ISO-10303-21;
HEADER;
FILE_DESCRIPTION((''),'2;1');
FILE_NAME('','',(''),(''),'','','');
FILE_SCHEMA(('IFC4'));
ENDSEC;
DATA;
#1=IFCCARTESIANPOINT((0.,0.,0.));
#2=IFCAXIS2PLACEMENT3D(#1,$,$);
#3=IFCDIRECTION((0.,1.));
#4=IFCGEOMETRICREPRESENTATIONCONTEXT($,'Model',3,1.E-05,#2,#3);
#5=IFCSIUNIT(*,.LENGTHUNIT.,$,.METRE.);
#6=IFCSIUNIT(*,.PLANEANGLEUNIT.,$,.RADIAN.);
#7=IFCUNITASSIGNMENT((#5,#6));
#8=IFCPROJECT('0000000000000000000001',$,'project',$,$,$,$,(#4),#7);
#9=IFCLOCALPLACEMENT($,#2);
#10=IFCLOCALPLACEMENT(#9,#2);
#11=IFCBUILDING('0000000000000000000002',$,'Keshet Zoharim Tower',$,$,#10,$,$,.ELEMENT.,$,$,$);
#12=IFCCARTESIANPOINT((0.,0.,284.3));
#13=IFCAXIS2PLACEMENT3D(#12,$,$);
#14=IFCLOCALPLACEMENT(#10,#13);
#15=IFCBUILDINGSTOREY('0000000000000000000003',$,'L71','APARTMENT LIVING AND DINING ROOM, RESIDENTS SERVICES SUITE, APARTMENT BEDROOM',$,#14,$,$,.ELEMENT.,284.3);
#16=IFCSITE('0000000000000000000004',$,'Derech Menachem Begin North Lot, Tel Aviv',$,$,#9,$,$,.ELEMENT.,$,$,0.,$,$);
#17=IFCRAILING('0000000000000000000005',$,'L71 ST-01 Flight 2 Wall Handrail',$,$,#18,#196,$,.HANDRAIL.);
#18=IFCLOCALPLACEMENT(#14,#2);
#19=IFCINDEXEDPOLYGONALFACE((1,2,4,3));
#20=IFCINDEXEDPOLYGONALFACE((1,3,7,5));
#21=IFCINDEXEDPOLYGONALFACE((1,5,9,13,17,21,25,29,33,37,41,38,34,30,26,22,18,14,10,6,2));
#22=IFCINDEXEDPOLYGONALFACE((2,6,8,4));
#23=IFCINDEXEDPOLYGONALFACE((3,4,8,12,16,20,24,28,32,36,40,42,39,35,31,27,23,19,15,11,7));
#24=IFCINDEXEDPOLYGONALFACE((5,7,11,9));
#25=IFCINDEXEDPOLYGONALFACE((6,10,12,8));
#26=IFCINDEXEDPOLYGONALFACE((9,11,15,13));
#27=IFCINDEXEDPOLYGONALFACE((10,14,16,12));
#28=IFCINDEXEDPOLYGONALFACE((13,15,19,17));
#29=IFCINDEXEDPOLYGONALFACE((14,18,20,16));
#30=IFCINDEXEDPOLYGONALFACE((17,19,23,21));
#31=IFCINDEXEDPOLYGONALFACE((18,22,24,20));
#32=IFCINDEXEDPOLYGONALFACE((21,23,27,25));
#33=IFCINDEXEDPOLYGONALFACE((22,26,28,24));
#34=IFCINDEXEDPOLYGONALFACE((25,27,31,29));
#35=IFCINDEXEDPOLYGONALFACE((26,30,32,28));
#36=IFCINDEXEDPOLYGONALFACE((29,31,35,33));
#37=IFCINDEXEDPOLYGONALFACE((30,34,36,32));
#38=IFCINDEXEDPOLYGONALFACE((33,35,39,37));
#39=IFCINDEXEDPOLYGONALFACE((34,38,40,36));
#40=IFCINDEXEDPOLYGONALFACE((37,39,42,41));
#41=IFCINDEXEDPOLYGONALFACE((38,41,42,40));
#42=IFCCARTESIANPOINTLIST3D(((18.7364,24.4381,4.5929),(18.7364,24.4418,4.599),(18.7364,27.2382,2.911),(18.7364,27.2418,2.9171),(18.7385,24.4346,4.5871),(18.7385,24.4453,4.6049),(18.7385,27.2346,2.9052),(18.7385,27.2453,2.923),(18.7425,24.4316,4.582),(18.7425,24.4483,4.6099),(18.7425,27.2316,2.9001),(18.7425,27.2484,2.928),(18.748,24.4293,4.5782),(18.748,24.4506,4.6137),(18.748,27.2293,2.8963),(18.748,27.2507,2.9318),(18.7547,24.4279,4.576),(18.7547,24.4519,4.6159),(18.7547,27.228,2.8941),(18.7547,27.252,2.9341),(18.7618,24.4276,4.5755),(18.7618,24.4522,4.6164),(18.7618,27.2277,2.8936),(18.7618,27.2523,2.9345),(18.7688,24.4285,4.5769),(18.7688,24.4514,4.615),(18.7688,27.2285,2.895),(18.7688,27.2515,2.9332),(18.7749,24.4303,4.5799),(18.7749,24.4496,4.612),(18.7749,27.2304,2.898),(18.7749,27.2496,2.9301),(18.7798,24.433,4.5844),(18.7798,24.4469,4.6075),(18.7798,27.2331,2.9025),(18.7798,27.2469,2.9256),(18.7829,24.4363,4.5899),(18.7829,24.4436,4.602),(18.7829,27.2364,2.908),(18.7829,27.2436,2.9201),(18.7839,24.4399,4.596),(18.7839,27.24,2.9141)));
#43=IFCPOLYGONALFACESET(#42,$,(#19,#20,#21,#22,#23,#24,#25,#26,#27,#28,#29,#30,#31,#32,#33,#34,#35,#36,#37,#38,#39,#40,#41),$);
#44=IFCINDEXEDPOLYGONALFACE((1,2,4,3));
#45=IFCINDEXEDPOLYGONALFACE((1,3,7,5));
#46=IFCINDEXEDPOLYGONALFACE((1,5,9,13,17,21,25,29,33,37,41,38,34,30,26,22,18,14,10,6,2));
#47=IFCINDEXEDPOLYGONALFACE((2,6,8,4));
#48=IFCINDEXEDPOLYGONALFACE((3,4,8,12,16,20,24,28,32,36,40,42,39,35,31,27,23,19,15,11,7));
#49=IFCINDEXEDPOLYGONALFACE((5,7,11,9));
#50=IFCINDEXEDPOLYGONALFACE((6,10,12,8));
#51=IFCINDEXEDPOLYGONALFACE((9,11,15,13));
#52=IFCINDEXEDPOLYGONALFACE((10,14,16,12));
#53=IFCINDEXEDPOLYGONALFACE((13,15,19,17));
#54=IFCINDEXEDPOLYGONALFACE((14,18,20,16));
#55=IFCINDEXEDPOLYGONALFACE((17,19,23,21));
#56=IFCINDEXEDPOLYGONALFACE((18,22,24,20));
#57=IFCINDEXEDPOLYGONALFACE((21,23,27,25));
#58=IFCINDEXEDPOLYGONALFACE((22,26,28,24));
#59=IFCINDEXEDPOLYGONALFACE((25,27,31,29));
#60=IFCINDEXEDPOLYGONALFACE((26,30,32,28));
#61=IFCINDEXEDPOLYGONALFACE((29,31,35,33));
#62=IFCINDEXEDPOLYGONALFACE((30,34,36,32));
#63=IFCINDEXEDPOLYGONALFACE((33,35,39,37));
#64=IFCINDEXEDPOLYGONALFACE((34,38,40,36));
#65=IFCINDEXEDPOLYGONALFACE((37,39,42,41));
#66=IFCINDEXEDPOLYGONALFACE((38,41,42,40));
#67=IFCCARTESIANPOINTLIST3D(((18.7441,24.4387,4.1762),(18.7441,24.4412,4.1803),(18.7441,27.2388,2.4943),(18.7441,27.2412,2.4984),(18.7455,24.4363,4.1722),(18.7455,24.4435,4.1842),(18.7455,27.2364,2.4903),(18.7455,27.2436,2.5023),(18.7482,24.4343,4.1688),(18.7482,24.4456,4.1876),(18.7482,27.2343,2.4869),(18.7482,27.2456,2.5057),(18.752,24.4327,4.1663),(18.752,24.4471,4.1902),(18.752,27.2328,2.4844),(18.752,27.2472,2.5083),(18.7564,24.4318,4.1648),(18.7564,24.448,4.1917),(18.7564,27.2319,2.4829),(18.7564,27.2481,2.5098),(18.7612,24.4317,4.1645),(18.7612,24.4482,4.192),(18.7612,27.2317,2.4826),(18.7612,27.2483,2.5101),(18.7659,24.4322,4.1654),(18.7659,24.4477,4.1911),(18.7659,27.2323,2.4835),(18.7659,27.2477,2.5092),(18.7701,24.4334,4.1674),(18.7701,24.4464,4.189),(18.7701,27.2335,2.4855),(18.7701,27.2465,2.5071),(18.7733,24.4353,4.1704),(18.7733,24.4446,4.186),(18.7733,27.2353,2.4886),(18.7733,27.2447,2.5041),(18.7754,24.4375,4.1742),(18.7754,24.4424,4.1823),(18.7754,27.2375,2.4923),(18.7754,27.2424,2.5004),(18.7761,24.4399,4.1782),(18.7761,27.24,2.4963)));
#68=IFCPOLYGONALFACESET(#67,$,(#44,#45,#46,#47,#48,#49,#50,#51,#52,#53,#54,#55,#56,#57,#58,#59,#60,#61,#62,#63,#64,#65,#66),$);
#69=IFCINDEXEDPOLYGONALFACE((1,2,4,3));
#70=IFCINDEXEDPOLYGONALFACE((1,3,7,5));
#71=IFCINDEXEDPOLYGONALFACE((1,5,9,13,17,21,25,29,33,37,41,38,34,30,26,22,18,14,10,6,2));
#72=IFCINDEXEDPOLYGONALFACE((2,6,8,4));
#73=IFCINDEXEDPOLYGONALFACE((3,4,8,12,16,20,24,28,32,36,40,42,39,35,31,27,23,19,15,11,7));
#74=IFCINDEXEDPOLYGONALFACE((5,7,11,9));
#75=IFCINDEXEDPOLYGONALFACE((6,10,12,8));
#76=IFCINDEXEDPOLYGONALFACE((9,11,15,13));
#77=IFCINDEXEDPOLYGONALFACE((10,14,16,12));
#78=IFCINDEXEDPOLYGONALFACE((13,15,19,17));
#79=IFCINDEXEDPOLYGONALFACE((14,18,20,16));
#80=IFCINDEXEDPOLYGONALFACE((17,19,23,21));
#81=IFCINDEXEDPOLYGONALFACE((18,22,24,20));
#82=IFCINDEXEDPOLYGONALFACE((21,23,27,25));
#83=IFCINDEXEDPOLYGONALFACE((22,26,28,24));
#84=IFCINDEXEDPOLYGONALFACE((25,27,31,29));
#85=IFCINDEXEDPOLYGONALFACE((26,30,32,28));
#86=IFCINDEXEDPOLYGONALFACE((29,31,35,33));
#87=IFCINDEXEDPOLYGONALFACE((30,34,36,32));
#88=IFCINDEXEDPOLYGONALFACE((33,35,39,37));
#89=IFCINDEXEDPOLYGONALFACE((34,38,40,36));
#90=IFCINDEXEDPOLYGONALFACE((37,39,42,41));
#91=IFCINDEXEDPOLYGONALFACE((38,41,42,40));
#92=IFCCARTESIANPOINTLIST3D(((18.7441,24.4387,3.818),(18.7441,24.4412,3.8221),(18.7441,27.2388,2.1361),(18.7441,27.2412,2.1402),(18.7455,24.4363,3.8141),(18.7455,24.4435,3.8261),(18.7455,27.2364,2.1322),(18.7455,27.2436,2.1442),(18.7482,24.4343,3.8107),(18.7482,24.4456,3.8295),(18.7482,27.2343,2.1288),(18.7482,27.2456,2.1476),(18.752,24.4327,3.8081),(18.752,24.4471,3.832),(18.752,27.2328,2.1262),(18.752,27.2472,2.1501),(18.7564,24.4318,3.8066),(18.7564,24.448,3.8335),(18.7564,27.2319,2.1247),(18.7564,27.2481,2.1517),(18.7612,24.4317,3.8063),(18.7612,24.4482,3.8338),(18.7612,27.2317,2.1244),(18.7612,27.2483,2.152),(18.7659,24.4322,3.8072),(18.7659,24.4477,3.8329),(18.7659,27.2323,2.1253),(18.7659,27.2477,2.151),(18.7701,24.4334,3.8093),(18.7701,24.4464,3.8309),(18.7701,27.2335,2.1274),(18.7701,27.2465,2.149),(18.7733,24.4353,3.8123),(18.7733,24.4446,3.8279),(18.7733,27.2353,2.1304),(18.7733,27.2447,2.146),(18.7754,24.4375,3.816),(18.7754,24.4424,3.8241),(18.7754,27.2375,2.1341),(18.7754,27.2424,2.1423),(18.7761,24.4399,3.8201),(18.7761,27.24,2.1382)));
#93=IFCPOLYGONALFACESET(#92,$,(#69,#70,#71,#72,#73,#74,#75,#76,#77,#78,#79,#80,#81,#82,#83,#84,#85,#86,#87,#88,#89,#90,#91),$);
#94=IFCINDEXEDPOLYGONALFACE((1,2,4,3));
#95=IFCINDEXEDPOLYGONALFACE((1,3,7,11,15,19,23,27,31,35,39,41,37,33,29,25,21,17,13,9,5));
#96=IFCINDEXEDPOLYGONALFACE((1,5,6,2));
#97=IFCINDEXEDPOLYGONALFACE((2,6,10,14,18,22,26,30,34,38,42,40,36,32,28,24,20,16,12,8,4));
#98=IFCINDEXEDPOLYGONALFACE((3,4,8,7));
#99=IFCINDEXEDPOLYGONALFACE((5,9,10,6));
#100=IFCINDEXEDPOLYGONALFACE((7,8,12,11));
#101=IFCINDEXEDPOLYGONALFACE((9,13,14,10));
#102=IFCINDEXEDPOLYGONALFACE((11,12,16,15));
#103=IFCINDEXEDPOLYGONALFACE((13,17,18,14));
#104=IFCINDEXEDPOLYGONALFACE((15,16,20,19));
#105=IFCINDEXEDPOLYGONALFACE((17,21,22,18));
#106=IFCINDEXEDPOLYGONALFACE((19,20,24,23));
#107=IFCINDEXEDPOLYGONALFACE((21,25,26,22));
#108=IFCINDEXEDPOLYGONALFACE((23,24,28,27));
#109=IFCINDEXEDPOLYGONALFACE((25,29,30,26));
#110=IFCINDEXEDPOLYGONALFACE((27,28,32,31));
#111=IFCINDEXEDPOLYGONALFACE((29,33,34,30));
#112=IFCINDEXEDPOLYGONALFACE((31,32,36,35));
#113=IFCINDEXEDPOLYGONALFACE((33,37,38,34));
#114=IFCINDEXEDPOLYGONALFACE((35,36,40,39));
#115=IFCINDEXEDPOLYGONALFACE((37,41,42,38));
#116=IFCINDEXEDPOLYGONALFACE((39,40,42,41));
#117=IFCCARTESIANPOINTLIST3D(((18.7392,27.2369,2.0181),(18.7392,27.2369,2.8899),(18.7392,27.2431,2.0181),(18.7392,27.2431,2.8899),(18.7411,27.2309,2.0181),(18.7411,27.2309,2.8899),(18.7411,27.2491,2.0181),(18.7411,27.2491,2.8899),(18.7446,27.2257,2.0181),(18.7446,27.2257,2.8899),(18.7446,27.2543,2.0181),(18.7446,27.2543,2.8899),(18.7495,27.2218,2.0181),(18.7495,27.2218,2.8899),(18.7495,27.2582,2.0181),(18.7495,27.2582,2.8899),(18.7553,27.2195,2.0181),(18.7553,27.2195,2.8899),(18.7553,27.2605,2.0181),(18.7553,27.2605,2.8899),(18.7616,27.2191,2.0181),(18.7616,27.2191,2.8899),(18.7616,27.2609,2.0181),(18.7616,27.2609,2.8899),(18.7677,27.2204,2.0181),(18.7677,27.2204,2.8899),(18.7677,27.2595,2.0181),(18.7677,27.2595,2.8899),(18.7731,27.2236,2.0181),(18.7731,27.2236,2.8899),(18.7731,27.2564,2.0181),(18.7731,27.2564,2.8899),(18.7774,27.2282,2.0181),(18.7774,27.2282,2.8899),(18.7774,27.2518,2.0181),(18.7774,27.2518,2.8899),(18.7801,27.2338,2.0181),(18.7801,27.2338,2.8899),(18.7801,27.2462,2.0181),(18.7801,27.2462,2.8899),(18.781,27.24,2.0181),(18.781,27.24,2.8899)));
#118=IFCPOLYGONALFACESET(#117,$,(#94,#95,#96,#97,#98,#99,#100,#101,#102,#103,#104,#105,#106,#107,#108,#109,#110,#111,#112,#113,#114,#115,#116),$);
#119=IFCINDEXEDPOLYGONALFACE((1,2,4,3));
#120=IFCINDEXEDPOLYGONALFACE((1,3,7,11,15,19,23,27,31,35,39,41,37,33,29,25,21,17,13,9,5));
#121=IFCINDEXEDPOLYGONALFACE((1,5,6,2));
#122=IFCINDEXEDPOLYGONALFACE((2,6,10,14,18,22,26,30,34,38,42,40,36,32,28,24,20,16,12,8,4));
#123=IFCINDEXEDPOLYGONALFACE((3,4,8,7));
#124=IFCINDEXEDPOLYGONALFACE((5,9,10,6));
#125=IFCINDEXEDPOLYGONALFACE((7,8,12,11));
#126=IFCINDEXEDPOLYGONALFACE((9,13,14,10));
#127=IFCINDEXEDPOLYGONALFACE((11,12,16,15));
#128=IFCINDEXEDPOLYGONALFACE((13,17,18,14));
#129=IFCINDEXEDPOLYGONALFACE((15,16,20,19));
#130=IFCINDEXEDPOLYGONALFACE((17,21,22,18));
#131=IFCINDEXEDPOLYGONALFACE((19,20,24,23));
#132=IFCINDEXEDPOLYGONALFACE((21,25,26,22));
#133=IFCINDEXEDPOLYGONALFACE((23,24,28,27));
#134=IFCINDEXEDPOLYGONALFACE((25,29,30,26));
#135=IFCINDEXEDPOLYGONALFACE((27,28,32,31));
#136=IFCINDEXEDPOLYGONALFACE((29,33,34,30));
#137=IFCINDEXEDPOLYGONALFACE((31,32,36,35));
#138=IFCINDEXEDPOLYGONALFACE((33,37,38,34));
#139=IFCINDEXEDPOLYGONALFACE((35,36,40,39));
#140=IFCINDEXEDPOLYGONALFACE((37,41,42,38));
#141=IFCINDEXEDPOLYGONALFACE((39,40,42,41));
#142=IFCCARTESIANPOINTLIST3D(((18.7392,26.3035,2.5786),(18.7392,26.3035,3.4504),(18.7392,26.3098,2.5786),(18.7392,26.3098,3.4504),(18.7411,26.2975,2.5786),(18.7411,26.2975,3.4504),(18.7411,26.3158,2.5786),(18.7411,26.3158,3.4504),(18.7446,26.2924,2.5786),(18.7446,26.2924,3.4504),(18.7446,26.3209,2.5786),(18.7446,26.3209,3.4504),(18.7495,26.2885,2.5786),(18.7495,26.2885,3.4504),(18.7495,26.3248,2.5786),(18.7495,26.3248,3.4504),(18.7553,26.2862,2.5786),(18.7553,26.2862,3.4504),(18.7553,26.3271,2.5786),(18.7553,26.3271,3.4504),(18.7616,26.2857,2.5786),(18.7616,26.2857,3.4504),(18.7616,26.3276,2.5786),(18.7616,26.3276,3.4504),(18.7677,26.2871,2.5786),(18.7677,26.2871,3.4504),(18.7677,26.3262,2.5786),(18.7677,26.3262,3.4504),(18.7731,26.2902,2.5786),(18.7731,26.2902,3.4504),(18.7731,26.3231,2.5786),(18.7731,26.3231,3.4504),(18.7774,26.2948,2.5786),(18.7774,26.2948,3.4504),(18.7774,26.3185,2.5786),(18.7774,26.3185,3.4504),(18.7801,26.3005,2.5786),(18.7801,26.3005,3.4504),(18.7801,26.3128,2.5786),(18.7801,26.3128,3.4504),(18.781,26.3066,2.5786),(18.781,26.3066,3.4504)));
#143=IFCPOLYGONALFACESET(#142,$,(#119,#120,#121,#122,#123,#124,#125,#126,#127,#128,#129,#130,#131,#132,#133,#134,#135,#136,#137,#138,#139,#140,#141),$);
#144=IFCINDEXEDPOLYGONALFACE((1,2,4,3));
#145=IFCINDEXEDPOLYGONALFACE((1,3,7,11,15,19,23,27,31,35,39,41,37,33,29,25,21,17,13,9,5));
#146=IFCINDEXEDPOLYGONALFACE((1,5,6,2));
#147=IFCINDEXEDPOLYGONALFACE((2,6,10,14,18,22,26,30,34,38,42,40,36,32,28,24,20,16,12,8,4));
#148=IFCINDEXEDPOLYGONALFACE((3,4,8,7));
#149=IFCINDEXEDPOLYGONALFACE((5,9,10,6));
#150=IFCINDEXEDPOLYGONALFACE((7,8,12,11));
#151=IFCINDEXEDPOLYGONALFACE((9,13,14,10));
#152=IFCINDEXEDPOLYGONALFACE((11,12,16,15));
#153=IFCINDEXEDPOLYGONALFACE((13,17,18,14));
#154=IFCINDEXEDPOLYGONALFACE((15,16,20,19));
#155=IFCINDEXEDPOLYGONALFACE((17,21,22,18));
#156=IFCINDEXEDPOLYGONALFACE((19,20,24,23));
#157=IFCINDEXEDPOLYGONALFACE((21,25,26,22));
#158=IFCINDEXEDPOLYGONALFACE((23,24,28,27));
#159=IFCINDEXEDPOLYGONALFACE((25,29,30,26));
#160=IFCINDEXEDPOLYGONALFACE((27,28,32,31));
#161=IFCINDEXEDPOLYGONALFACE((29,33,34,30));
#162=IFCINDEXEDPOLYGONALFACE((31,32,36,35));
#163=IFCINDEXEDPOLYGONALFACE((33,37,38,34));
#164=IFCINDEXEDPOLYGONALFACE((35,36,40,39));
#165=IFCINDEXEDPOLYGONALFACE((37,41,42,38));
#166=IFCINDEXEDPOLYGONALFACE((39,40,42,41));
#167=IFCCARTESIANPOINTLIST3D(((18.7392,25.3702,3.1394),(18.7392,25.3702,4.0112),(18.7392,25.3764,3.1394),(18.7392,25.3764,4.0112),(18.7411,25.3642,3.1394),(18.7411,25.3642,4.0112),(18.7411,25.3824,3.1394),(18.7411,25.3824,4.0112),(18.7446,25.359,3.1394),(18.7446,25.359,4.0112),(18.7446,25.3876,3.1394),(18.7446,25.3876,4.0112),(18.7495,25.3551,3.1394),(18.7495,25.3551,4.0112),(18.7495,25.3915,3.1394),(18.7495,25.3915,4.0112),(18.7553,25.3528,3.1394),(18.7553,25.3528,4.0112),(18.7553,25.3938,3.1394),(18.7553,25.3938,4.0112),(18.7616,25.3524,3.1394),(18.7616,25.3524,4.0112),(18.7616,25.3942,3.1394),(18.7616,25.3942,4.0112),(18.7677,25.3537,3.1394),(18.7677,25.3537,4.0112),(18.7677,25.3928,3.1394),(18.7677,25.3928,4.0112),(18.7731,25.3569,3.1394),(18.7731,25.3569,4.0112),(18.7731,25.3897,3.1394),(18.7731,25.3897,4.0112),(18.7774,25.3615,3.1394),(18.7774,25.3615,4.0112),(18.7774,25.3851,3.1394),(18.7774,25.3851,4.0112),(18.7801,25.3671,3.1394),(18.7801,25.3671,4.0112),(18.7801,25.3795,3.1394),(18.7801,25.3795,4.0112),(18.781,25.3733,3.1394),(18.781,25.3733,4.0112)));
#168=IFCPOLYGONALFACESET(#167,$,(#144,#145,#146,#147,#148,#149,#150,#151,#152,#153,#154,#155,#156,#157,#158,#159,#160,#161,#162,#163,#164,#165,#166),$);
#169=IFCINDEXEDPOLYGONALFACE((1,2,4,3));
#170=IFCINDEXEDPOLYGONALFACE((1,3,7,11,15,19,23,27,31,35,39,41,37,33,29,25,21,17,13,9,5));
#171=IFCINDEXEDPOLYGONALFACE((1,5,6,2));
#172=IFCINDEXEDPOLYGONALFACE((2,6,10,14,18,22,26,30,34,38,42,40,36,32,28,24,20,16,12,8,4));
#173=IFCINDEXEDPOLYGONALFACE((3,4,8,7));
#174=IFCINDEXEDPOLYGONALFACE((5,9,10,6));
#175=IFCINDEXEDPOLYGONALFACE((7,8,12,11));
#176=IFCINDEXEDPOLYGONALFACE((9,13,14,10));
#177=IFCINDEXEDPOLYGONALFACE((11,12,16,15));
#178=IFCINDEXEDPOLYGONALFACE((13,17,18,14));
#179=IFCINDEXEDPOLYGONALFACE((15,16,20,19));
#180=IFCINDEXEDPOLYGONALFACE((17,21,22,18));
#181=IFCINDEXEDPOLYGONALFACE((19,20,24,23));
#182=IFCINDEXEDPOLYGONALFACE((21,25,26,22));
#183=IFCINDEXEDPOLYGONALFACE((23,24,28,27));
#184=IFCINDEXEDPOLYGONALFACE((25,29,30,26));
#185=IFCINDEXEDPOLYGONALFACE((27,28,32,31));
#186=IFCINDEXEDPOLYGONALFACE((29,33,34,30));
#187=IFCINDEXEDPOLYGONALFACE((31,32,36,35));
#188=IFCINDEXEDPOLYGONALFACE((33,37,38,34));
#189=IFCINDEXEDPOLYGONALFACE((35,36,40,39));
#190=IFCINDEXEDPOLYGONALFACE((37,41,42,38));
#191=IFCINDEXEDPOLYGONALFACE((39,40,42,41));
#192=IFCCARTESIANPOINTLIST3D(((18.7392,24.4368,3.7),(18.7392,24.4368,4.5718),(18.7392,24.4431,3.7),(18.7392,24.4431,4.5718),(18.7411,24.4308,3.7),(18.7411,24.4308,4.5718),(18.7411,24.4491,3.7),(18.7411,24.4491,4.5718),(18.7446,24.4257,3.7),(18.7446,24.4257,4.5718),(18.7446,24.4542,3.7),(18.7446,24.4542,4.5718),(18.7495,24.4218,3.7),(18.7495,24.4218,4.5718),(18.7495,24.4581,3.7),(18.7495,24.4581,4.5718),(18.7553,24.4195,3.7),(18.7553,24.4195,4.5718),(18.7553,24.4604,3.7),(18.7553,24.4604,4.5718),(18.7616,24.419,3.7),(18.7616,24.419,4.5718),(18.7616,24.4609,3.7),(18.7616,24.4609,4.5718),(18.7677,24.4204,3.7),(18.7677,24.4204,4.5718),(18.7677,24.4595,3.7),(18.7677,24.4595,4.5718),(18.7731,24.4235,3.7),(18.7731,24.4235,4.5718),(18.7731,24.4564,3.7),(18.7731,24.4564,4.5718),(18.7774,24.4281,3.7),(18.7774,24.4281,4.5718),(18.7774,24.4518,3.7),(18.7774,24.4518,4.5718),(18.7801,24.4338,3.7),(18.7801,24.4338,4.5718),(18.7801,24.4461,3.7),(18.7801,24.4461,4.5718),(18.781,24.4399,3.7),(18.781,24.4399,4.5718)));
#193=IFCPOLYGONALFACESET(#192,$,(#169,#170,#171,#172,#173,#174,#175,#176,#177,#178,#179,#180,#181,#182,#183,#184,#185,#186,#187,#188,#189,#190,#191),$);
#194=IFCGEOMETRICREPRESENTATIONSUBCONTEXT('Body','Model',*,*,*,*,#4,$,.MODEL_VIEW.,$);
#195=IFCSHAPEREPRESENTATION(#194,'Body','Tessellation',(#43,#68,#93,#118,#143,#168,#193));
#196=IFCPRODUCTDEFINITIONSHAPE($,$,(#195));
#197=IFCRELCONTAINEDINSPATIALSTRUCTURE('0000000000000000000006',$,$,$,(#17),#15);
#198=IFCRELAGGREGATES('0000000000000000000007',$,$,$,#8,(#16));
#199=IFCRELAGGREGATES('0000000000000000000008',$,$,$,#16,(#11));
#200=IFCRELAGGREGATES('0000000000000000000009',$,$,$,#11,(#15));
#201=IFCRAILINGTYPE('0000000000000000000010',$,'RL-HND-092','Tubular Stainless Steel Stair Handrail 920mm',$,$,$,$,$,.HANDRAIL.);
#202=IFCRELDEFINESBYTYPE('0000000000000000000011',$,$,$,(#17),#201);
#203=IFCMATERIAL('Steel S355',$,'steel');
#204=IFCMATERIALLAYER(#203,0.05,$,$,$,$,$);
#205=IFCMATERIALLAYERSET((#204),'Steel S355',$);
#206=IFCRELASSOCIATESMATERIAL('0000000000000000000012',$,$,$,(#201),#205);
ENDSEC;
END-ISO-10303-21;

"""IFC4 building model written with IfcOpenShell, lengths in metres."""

from ifc_helpers import new_model, si_unit, direction, frame, origin, origin_2d, place, context, subcontext, project, spatial, circle, extrude, material, layer, layer_set, type_object, element, save


model = new_model("IFC4")

# Units and contexts
model_context = context("Model", 3, precision=1e-05, world=origin(), true_north=direction((0.0, 1.0)))
body_context = subcontext(model_context, "Body", "Model", "MODEL_VIEW")
ifc_project = project(units=[si_unit("LENGTHUNIT", "METRE"), si_unit("PLANEANGLEUNIT", "RADIAN")], contexts=[model_context])

# Site, building, storey
site_placement = place(None, origin())
site = spatial("IfcSite", under=ifc_project, at=site_placement, Name="Derech Menachem Begin North Lot, Tel Aviv", CompositionType="ELEMENT", RefElevation=0.0)
building_placement = place(site_placement, origin())
building = spatial("IfcBuilding", under=site, at=building_placement, Name="Keshet Zoharim Tower", CompositionType="ELEMENT")
storey_placement = place(building_placement, frame((0.0, 0.0, 284.3)))
storey = spatial("IfcBuildingStorey", under=building, at=storey_placement, Name="L71", Description="APARTMENT LIVING AND DINING ROOM, RESIDENTS SERVICES SUITE, APARTMENT BEDROOM", CompositionType="ELEMENT", Elevation=284.3)

# Shared definitions
ifc_material_1 = material(Name="Steel S355", Category="steel")

# Railing
ifc_layer_1 = layer(ifc_material_1, 0.05)
ifc_layer_set_1 = layer_set([ifc_layer_1], Name="Steel S355")
railing_type_1 = type_object("IfcRailingType", Name="RL-HND-092", Description="Tubular Stainless Steel Stair Handrail 920mm", PredefinedType="HANDRAIL", material=ifc_layer_set_1)
railing_1_placement = place(storey_placement, frame((18.76, 27.24, 2.0181)))
element("IfcRailing", 1, at=railing_1_placement, inside=storey, type_object=railing_type_1, Name="L71 ST-01 Flight 2 Wall Handrail", PredefinedType="HANDRAIL", context=body_context, shape_type="SweptSolid", body=[
    extrude(circle(Radius=0.0239, at=origin_2d()), frame((0.0, 0.0, 0.896), z_axis=(0.0, -0.857242, 0.514913), x_axis=(1.0, 0.0, 0.0)), (0.0, 0.0, 1.0), 3.2664),
    extrude(circle(Radius=0.0161, at=origin_2d()), frame((0.0, 0.0, 0.4783), z_axis=(0.0, -0.857242, 0.514913), x_axis=(1.0, 0.0, 0.0)), (0.0, 0.0, 1.0), 3.2664),
    extrude(circle(Radius=0.0161, at=origin_2d()), frame((0.0, 0.0, 0.1201), z_axis=(0.0, -0.857242, 0.514913), x_axis=(1.0, 0.0, 0.0)), (0.0, 0.0, 1.0), 3.2664),
    extrude(circle(Radius=0.021, at=origin_2d()), origin(), (0.0, 0.0, 1.0), 0.8718),
    extrude(circle(Radius=0.021, at=origin_2d()), frame((0.0, -0.9333, 0.5605)), (0.0, 0.0, 1.0), 0.8718),
    extrude(circle(Radius=0.021, at=origin_2d()), frame((0.0, -1.8667, 1.1213)), (0.0, 0.0, 1.0), 0.8718),
    extrude(circle(Radius=0.021, at=origin_2d()), frame((0.0, -2.8, 1.6819)), (0.0, 0.0, 1.0), 0.8718),
])

save(model, "model.ifc")
